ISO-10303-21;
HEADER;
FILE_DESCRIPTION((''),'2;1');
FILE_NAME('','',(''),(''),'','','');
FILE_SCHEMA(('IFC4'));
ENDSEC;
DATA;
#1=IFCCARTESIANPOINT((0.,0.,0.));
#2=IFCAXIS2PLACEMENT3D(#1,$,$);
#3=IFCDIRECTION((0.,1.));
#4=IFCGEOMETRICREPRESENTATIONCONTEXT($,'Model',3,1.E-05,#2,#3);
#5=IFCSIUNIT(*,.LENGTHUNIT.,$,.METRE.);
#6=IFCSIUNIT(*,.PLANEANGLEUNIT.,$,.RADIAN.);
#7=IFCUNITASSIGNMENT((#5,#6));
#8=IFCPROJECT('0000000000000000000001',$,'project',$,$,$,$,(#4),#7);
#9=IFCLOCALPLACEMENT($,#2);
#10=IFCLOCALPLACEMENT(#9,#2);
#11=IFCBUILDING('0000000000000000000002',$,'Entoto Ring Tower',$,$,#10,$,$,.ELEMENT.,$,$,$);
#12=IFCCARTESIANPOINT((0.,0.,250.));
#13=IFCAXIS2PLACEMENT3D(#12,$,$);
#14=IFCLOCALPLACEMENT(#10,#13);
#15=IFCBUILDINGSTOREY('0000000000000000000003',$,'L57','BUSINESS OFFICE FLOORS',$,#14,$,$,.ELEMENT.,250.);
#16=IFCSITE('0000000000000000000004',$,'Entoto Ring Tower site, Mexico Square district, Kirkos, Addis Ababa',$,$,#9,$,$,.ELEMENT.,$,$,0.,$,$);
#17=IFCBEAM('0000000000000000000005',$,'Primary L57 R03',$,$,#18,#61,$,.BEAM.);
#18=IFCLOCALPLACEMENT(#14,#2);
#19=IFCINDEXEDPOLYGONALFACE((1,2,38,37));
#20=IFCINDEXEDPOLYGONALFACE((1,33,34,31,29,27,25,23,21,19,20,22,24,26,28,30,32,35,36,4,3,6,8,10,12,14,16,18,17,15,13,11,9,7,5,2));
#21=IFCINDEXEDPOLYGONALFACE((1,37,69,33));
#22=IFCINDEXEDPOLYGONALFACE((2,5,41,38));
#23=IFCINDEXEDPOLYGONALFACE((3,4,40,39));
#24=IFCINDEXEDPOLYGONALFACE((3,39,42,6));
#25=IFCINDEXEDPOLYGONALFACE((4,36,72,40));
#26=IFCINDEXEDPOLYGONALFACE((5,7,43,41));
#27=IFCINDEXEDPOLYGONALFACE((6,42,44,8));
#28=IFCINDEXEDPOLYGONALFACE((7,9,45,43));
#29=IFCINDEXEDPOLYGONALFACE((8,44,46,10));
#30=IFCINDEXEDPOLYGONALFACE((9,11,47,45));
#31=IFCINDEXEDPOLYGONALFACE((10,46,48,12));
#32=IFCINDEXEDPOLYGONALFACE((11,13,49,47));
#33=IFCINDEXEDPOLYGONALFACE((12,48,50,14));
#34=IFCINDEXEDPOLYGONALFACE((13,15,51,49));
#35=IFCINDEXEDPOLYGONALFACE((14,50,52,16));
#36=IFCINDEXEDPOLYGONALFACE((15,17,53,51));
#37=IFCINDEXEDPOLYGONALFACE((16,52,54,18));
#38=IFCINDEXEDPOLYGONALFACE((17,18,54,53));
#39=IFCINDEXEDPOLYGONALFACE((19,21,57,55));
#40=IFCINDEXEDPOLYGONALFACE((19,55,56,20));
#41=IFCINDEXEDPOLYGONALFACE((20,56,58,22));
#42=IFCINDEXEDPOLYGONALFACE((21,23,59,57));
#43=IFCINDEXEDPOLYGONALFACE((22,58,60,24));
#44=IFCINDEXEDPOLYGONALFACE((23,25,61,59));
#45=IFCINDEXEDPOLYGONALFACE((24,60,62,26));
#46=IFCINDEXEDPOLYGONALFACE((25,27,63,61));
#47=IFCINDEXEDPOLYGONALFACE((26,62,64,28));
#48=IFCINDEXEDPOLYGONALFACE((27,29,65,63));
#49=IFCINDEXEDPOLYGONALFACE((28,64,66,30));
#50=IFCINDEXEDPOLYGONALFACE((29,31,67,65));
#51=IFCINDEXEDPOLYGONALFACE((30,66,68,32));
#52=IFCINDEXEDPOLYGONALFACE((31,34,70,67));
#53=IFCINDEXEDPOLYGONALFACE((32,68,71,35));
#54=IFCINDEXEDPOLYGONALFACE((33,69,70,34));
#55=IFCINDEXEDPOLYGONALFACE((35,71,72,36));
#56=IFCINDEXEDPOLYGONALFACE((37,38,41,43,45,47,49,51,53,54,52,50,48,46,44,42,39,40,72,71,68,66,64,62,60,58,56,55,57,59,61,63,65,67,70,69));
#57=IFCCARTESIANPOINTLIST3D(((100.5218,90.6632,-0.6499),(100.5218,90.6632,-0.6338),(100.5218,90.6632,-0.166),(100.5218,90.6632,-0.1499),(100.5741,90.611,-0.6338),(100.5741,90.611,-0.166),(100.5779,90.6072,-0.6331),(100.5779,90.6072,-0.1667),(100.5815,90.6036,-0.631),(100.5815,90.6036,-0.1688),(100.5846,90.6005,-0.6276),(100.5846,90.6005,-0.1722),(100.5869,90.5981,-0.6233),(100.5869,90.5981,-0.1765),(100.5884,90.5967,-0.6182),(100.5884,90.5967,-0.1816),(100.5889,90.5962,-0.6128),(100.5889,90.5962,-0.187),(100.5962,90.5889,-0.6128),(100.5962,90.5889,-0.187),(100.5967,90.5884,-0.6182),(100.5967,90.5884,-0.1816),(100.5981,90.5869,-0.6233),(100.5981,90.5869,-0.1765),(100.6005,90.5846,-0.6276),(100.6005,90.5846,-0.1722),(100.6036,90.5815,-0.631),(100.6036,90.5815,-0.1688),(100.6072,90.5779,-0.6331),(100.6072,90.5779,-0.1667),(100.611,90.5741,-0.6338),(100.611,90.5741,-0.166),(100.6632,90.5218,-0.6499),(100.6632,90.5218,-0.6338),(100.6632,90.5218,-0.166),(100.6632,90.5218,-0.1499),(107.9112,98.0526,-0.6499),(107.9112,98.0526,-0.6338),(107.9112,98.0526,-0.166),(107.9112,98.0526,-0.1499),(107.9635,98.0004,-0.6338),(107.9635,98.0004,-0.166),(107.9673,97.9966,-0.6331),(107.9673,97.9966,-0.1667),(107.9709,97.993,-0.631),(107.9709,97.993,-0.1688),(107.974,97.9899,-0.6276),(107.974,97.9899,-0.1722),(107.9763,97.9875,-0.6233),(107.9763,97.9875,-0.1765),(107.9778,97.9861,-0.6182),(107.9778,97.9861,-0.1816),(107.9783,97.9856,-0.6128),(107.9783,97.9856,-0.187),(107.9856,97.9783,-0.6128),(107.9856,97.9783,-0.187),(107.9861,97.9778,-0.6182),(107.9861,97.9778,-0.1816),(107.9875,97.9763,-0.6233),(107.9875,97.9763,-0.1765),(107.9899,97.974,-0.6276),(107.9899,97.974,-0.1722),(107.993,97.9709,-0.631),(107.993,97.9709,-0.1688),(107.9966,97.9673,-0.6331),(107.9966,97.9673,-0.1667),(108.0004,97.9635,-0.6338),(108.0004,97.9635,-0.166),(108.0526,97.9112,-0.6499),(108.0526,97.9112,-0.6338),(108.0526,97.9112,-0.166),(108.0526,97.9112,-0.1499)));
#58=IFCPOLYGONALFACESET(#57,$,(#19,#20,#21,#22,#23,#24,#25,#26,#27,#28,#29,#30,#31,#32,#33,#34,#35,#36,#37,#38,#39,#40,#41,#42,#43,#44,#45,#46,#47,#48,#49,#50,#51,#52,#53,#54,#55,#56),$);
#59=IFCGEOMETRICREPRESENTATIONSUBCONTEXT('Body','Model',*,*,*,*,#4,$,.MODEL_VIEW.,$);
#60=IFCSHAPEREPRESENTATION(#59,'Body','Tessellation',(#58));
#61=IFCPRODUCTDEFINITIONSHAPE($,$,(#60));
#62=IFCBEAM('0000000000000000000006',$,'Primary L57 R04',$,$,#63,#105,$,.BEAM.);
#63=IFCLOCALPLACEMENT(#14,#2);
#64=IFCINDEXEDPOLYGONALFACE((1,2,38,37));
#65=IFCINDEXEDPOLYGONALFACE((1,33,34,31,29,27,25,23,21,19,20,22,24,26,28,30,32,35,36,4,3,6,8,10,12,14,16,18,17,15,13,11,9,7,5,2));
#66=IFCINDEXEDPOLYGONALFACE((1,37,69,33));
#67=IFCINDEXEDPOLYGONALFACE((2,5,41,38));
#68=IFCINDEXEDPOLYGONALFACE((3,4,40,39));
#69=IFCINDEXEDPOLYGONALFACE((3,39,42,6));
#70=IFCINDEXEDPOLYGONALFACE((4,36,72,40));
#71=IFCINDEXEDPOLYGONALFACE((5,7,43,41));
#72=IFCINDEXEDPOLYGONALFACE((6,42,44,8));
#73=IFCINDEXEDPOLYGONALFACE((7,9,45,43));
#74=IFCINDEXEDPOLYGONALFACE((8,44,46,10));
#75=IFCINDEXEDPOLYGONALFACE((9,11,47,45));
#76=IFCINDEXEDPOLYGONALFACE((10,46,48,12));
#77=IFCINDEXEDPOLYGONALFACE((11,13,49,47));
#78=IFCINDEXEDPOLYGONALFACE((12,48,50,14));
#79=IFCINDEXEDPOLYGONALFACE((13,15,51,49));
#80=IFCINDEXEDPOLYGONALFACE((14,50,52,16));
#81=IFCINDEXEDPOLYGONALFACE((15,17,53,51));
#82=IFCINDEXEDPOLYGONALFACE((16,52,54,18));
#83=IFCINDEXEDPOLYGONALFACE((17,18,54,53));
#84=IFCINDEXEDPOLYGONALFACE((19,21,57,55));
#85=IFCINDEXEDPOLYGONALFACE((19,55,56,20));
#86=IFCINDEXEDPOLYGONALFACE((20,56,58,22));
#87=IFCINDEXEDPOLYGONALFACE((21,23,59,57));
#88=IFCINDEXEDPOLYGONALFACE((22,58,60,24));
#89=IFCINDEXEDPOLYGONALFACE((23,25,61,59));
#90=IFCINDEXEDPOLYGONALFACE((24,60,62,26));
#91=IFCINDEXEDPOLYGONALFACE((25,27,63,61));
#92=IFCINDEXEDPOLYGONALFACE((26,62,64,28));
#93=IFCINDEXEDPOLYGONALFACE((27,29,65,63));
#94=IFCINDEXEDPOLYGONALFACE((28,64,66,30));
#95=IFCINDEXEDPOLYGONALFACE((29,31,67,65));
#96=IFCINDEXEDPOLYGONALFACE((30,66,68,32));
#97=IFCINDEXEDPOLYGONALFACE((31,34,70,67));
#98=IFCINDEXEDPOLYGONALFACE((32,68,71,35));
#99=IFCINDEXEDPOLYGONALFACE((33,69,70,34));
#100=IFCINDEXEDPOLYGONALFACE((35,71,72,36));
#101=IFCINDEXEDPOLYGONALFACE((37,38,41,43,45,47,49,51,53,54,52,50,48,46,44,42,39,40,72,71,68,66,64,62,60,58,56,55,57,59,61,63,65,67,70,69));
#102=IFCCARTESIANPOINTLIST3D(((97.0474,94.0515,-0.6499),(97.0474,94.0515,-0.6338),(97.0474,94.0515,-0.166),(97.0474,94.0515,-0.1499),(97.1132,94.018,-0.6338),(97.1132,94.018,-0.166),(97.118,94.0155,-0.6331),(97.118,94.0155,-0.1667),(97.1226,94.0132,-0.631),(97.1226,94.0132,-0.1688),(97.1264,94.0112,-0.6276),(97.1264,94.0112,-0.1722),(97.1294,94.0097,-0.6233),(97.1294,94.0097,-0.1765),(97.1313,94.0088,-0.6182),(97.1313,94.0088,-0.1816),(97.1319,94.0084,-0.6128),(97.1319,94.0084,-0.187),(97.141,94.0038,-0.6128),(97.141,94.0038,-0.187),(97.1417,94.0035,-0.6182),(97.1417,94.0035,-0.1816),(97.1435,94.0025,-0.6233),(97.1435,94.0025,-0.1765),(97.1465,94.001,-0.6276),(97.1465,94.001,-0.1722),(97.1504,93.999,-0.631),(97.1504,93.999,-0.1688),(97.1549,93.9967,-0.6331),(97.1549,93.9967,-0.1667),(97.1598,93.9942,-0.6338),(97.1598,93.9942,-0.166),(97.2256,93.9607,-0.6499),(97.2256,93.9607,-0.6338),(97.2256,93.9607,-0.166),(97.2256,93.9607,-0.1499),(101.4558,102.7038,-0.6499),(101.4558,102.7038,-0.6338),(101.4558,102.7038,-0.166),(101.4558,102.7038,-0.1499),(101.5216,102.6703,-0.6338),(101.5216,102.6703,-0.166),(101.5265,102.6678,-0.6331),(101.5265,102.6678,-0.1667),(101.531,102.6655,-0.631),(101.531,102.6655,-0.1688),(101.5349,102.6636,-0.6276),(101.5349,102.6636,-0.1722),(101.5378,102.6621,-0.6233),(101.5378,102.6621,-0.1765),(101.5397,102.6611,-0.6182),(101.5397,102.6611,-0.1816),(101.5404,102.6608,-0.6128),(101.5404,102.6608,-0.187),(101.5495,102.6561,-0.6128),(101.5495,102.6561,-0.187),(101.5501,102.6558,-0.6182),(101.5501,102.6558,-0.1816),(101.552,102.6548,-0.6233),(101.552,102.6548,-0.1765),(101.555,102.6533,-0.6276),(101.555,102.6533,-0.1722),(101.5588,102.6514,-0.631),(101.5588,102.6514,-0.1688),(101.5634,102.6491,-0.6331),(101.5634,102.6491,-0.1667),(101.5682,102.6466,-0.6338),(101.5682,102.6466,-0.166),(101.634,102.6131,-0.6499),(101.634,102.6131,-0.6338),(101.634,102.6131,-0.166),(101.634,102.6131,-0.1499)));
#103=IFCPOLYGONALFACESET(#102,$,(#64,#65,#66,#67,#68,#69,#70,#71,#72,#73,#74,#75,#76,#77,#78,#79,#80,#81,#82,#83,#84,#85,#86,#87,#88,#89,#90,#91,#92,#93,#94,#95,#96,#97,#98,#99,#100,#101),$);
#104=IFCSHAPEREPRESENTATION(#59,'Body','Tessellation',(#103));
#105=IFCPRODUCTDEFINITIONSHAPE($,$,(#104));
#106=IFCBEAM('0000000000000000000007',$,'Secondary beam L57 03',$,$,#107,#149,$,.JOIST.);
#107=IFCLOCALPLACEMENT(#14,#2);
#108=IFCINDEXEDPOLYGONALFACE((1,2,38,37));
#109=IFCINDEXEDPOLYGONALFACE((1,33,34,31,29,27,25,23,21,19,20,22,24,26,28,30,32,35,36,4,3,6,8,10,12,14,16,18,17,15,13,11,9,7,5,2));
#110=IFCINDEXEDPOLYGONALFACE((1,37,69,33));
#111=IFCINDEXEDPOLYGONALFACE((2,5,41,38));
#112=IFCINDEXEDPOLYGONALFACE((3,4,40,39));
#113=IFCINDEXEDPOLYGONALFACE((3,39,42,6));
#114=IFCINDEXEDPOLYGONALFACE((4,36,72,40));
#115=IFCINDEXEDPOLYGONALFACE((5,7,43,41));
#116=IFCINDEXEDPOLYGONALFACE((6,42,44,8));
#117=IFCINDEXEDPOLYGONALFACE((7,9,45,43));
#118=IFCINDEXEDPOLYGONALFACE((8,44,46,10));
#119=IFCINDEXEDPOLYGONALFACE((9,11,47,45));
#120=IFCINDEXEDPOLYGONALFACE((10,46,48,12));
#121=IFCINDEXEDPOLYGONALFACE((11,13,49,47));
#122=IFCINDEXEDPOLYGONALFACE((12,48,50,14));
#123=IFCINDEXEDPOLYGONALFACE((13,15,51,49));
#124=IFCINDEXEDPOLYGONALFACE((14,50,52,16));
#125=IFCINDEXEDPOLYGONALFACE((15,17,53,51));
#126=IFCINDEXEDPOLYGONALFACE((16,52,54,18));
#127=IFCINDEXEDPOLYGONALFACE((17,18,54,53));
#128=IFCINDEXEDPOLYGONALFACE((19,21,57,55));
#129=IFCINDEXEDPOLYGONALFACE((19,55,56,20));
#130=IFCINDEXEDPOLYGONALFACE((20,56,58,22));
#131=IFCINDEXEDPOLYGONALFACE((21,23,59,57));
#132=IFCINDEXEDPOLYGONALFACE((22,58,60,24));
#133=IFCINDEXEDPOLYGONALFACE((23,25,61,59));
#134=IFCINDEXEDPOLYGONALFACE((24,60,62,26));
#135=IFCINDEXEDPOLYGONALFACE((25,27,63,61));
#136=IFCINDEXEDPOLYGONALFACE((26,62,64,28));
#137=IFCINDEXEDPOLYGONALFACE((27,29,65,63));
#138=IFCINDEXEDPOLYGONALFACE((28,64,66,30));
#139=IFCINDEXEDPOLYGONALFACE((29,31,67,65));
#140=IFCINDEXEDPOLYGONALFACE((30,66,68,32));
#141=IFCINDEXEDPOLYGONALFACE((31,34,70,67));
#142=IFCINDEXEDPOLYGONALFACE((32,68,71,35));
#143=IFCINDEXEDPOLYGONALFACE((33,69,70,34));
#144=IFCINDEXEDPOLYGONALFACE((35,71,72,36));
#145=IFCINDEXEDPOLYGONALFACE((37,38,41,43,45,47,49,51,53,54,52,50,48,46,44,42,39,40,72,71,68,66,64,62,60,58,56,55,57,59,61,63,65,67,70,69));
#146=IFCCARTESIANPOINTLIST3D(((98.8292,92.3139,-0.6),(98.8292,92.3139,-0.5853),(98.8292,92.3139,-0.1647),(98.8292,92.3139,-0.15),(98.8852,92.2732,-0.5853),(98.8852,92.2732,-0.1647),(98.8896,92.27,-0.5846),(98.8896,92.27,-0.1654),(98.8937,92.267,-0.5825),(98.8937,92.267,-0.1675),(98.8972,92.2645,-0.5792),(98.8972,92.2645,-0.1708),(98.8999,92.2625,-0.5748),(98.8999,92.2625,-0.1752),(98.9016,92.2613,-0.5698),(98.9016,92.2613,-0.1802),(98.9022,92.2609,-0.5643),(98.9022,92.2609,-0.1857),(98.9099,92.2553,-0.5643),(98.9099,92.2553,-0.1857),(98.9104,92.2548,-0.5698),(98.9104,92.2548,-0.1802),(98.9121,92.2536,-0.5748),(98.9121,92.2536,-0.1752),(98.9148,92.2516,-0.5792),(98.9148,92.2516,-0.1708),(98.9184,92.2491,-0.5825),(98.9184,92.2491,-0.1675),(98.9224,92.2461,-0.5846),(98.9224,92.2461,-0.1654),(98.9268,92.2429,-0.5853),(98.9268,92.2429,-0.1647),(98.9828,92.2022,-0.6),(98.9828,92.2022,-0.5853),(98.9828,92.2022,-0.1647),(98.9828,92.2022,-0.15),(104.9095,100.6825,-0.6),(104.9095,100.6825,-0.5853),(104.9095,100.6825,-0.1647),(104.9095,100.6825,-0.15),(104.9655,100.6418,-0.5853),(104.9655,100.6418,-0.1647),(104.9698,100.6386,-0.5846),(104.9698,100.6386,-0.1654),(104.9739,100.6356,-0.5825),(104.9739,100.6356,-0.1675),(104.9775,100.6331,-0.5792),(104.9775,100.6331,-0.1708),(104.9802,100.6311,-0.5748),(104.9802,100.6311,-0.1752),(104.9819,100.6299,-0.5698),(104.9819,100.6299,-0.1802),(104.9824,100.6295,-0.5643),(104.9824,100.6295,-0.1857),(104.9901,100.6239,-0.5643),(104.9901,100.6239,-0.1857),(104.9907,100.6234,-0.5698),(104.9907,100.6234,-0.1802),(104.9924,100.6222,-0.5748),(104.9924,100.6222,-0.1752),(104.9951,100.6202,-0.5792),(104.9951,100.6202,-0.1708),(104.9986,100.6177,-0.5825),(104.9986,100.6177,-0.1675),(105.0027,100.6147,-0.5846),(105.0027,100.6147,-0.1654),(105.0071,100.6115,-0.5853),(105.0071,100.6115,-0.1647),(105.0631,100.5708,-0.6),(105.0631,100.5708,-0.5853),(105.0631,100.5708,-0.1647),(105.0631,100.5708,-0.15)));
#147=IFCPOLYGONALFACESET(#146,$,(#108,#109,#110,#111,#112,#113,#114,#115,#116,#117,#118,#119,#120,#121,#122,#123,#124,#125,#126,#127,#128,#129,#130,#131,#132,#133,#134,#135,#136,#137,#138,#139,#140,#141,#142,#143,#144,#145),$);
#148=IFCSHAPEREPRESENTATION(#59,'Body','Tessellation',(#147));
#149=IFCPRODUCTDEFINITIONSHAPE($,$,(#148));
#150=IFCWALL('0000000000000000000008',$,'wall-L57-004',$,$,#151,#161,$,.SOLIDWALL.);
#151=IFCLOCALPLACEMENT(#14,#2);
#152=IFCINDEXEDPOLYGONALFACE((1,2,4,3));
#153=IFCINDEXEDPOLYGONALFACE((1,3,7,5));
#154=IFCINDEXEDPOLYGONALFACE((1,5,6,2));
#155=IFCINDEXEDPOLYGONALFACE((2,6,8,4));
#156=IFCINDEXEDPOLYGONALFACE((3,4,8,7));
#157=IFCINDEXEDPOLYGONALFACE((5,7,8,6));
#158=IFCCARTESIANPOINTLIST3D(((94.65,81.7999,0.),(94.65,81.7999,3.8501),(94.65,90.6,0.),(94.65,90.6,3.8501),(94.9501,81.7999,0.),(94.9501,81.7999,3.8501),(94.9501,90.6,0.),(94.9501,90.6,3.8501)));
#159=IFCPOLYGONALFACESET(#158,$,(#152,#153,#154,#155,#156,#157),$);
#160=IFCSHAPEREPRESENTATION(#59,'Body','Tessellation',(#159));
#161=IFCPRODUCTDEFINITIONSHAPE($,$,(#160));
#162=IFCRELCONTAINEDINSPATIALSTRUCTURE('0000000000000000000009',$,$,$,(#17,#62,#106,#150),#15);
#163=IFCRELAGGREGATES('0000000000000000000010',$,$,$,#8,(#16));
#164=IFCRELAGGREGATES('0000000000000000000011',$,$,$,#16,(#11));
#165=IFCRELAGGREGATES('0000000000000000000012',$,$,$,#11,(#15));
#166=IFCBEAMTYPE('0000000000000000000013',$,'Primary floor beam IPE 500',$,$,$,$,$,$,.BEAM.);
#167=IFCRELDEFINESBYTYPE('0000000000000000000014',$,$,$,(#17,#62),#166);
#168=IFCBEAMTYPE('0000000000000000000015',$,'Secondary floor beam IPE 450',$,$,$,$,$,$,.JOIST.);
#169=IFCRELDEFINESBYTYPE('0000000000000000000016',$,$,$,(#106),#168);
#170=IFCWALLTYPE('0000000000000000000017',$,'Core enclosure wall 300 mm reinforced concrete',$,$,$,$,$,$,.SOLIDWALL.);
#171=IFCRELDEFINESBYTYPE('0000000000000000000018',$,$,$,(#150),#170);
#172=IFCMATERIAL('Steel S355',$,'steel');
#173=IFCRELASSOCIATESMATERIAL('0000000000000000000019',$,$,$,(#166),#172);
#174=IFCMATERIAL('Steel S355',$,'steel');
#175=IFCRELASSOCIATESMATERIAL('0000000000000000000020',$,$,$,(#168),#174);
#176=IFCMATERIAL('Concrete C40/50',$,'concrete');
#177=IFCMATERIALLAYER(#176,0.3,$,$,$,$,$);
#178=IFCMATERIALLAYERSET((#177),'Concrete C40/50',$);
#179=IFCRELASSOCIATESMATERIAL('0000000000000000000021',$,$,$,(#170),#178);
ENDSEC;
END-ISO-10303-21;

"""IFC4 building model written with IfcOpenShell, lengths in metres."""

from ifc_helpers import new_model, si_unit, direction, frame, frame_2d, origin, origin_2d, place, context, subcontext, project, spatial, rectangle, i_section, extrude, material, layer, layer_set, material_profile, profile_set, type_object, element, save


model = new_model("IFC4")

# Units and contexts
model_context = context("Model", 3, precision=1e-05, world=origin(), true_north=direction((0.0, 1.0)))
body_context = subcontext(model_context, "Body", "Model", "MODEL_VIEW")
ifc_project = project(units=[si_unit("LENGTHUNIT", "METRE"), si_unit("PLANEANGLEUNIT", "RADIAN")], contexts=[model_context])

# Site, building, storey
site_placement = place(None, origin())
site = spatial("IfcSite", under=ifc_project, at=site_placement, Name="Entoto Ring Tower site, Mexico Square district, Kirkos, Addis Ababa", CompositionType="ELEMENT", RefElevation=0.0)
building_placement = place(site_placement, origin())
building = spatial("IfcBuilding", under=site, at=building_placement, Name="Entoto Ring Tower", CompositionType="ELEMENT")
storey_placement = place(building_placement, frame((0.0, 0.0, 250.0)))
storey = spatial("IfcBuildingStorey", under=building, at=storey_placement, Name="L57", Description="BUSINESS OFFICE FLOORS", CompositionType="ELEMENT", Elevation=250.0)

# Beams
ifc_material_1 = material(Name="Steel S355", Category="steel")
ifc_material_profile_1 = material_profile(ifc_material_1, i_section(OverallWidth=0.2, OverallDepth=0.5, WebThickness=0.0103, FlangeThickness=0.0161, FilletRadius=0.021, at=origin_2d()), Name="IPE 500")
ifc_profile_set_1 = profile_set([ifc_material_profile_1], Name="Steel S355")
beam_type_1 = type_object("IfcBeamType", Name="Primary floor beam IPE 500", PredefinedType="BEAM", material=ifc_profile_set_1)
beam_1_placement = place(storey_placement, frame((100.5925, 90.5925, -0.3999), z_axis=(0.707107, 0.707107, 0.0), x_axis=(-0.707107, 0.707107, 0.0)))
element("IfcBeam", 1, at=beam_1_placement, inside=storey, type_object=beam_type_1, Name="Primary L57 R03", PredefinedType="BEAM", context=body_context, shape_type="SweptSolid", body=[
    extrude(i_section(OverallWidth=0.2, OverallDepth=0.5, WebThickness=0.0103, FlangeThickness=0.0161, FilletRadius=0.021, at=origin_2d()), origin(), (0.0, 0.0, 1.0), 10.4502),
])
beam_2_placement = place(storey_placement, frame((97.1365, 94.0061, -0.3999), z_axis=(0.453979, 0.891012, 0.0), x_axis=(-0.891012, 0.453979, 0.0)))
element("IfcBeam", 2, at=beam_2_placement, inside=storey, type_object=beam_type_1, Name="Primary L57 R04", PredefinedType="BEAM", context=body_context, shape_type="SweptSolid", body=[
    extrude(i_section(OverallWidth=0.2, OverallDepth=0.5, WebThickness=0.0103, FlangeThickness=0.0161, FilletRadius=0.021, at=origin_2d()), origin(), (0.0, 0.0, 1.0), 9.7107),
])
ifc_material_2 = material(Name="Steel S355", Category="steel")
ifc_material_profile_2 = material_profile(ifc_material_2, i_section(OverallWidth=0.1899, OverallDepth=0.45, WebThickness=0.0095, FlangeThickness=0.0146, FilletRadius=0.021, at=origin_2d()), Name="IPE 450")
ifc_profile_set_2 = profile_set([ifc_material_profile_2], Name="Steel S355")
beam_type_2 = type_object("IfcBeamType", Name="Secondary floor beam IPE 450", PredefinedType="JOIST", material=ifc_profile_set_2)
beam_3_placement = place(storey_placement, frame((98.906, 92.2581, -0.375), z_axis=(0.587794, 0.809011, 0.0), x_axis=(-0.809011, 0.587794, 0.0)))
element("IfcBeam", 3, at=beam_3_placement, inside=storey, type_object=beam_type_2, Name="Secondary beam L57 03", PredefinedType="JOIST", context=body_context, shape_type="SweptSolid", body=[
    extrude(i_section(OverallWidth=0.1899, OverallDepth=0.45, WebThickness=0.0095, FlangeThickness=0.0146, FilletRadius=0.021, at=origin_2d()), origin(), (0.0, 0.0, 1.0), 10.3442),
])

# Wall
ifc_material_3 = material(Name="Concrete C40/50", Category="concrete")
ifc_layer_1 = layer(ifc_material_3, 0.3)
ifc_layer_set_1 = layer_set([ifc_layer_1], Name="Concrete C40/50")
wall_type = type_object("IfcWallType", Name="Core enclosure wall 300 mm reinforced concrete", PredefinedType="SOLIDWALL", material=ifc_layer_set_1)
wall_1_placement = place(storey_placement, frame((94.8, 81.8, 0.0), z_axis=(0.0, 0.0, 1.0), x_axis=(0.0, 1.0, 0.0)))
element("IfcWall", 4, at=wall_1_placement, inside=storey, type_object=wall_type, Name="wall-L57-004", PredefinedType="SOLIDWALL", context=body_context, shape_type="SweptSolid", body=[
    extrude(rectangle(XDim=8.8, YDim=0.3, at=frame_2d((4.3999, 0.0))), origin(), (0.0, 0.0, 1.0), 3.8501),
])

save(model, "model.ifc")
